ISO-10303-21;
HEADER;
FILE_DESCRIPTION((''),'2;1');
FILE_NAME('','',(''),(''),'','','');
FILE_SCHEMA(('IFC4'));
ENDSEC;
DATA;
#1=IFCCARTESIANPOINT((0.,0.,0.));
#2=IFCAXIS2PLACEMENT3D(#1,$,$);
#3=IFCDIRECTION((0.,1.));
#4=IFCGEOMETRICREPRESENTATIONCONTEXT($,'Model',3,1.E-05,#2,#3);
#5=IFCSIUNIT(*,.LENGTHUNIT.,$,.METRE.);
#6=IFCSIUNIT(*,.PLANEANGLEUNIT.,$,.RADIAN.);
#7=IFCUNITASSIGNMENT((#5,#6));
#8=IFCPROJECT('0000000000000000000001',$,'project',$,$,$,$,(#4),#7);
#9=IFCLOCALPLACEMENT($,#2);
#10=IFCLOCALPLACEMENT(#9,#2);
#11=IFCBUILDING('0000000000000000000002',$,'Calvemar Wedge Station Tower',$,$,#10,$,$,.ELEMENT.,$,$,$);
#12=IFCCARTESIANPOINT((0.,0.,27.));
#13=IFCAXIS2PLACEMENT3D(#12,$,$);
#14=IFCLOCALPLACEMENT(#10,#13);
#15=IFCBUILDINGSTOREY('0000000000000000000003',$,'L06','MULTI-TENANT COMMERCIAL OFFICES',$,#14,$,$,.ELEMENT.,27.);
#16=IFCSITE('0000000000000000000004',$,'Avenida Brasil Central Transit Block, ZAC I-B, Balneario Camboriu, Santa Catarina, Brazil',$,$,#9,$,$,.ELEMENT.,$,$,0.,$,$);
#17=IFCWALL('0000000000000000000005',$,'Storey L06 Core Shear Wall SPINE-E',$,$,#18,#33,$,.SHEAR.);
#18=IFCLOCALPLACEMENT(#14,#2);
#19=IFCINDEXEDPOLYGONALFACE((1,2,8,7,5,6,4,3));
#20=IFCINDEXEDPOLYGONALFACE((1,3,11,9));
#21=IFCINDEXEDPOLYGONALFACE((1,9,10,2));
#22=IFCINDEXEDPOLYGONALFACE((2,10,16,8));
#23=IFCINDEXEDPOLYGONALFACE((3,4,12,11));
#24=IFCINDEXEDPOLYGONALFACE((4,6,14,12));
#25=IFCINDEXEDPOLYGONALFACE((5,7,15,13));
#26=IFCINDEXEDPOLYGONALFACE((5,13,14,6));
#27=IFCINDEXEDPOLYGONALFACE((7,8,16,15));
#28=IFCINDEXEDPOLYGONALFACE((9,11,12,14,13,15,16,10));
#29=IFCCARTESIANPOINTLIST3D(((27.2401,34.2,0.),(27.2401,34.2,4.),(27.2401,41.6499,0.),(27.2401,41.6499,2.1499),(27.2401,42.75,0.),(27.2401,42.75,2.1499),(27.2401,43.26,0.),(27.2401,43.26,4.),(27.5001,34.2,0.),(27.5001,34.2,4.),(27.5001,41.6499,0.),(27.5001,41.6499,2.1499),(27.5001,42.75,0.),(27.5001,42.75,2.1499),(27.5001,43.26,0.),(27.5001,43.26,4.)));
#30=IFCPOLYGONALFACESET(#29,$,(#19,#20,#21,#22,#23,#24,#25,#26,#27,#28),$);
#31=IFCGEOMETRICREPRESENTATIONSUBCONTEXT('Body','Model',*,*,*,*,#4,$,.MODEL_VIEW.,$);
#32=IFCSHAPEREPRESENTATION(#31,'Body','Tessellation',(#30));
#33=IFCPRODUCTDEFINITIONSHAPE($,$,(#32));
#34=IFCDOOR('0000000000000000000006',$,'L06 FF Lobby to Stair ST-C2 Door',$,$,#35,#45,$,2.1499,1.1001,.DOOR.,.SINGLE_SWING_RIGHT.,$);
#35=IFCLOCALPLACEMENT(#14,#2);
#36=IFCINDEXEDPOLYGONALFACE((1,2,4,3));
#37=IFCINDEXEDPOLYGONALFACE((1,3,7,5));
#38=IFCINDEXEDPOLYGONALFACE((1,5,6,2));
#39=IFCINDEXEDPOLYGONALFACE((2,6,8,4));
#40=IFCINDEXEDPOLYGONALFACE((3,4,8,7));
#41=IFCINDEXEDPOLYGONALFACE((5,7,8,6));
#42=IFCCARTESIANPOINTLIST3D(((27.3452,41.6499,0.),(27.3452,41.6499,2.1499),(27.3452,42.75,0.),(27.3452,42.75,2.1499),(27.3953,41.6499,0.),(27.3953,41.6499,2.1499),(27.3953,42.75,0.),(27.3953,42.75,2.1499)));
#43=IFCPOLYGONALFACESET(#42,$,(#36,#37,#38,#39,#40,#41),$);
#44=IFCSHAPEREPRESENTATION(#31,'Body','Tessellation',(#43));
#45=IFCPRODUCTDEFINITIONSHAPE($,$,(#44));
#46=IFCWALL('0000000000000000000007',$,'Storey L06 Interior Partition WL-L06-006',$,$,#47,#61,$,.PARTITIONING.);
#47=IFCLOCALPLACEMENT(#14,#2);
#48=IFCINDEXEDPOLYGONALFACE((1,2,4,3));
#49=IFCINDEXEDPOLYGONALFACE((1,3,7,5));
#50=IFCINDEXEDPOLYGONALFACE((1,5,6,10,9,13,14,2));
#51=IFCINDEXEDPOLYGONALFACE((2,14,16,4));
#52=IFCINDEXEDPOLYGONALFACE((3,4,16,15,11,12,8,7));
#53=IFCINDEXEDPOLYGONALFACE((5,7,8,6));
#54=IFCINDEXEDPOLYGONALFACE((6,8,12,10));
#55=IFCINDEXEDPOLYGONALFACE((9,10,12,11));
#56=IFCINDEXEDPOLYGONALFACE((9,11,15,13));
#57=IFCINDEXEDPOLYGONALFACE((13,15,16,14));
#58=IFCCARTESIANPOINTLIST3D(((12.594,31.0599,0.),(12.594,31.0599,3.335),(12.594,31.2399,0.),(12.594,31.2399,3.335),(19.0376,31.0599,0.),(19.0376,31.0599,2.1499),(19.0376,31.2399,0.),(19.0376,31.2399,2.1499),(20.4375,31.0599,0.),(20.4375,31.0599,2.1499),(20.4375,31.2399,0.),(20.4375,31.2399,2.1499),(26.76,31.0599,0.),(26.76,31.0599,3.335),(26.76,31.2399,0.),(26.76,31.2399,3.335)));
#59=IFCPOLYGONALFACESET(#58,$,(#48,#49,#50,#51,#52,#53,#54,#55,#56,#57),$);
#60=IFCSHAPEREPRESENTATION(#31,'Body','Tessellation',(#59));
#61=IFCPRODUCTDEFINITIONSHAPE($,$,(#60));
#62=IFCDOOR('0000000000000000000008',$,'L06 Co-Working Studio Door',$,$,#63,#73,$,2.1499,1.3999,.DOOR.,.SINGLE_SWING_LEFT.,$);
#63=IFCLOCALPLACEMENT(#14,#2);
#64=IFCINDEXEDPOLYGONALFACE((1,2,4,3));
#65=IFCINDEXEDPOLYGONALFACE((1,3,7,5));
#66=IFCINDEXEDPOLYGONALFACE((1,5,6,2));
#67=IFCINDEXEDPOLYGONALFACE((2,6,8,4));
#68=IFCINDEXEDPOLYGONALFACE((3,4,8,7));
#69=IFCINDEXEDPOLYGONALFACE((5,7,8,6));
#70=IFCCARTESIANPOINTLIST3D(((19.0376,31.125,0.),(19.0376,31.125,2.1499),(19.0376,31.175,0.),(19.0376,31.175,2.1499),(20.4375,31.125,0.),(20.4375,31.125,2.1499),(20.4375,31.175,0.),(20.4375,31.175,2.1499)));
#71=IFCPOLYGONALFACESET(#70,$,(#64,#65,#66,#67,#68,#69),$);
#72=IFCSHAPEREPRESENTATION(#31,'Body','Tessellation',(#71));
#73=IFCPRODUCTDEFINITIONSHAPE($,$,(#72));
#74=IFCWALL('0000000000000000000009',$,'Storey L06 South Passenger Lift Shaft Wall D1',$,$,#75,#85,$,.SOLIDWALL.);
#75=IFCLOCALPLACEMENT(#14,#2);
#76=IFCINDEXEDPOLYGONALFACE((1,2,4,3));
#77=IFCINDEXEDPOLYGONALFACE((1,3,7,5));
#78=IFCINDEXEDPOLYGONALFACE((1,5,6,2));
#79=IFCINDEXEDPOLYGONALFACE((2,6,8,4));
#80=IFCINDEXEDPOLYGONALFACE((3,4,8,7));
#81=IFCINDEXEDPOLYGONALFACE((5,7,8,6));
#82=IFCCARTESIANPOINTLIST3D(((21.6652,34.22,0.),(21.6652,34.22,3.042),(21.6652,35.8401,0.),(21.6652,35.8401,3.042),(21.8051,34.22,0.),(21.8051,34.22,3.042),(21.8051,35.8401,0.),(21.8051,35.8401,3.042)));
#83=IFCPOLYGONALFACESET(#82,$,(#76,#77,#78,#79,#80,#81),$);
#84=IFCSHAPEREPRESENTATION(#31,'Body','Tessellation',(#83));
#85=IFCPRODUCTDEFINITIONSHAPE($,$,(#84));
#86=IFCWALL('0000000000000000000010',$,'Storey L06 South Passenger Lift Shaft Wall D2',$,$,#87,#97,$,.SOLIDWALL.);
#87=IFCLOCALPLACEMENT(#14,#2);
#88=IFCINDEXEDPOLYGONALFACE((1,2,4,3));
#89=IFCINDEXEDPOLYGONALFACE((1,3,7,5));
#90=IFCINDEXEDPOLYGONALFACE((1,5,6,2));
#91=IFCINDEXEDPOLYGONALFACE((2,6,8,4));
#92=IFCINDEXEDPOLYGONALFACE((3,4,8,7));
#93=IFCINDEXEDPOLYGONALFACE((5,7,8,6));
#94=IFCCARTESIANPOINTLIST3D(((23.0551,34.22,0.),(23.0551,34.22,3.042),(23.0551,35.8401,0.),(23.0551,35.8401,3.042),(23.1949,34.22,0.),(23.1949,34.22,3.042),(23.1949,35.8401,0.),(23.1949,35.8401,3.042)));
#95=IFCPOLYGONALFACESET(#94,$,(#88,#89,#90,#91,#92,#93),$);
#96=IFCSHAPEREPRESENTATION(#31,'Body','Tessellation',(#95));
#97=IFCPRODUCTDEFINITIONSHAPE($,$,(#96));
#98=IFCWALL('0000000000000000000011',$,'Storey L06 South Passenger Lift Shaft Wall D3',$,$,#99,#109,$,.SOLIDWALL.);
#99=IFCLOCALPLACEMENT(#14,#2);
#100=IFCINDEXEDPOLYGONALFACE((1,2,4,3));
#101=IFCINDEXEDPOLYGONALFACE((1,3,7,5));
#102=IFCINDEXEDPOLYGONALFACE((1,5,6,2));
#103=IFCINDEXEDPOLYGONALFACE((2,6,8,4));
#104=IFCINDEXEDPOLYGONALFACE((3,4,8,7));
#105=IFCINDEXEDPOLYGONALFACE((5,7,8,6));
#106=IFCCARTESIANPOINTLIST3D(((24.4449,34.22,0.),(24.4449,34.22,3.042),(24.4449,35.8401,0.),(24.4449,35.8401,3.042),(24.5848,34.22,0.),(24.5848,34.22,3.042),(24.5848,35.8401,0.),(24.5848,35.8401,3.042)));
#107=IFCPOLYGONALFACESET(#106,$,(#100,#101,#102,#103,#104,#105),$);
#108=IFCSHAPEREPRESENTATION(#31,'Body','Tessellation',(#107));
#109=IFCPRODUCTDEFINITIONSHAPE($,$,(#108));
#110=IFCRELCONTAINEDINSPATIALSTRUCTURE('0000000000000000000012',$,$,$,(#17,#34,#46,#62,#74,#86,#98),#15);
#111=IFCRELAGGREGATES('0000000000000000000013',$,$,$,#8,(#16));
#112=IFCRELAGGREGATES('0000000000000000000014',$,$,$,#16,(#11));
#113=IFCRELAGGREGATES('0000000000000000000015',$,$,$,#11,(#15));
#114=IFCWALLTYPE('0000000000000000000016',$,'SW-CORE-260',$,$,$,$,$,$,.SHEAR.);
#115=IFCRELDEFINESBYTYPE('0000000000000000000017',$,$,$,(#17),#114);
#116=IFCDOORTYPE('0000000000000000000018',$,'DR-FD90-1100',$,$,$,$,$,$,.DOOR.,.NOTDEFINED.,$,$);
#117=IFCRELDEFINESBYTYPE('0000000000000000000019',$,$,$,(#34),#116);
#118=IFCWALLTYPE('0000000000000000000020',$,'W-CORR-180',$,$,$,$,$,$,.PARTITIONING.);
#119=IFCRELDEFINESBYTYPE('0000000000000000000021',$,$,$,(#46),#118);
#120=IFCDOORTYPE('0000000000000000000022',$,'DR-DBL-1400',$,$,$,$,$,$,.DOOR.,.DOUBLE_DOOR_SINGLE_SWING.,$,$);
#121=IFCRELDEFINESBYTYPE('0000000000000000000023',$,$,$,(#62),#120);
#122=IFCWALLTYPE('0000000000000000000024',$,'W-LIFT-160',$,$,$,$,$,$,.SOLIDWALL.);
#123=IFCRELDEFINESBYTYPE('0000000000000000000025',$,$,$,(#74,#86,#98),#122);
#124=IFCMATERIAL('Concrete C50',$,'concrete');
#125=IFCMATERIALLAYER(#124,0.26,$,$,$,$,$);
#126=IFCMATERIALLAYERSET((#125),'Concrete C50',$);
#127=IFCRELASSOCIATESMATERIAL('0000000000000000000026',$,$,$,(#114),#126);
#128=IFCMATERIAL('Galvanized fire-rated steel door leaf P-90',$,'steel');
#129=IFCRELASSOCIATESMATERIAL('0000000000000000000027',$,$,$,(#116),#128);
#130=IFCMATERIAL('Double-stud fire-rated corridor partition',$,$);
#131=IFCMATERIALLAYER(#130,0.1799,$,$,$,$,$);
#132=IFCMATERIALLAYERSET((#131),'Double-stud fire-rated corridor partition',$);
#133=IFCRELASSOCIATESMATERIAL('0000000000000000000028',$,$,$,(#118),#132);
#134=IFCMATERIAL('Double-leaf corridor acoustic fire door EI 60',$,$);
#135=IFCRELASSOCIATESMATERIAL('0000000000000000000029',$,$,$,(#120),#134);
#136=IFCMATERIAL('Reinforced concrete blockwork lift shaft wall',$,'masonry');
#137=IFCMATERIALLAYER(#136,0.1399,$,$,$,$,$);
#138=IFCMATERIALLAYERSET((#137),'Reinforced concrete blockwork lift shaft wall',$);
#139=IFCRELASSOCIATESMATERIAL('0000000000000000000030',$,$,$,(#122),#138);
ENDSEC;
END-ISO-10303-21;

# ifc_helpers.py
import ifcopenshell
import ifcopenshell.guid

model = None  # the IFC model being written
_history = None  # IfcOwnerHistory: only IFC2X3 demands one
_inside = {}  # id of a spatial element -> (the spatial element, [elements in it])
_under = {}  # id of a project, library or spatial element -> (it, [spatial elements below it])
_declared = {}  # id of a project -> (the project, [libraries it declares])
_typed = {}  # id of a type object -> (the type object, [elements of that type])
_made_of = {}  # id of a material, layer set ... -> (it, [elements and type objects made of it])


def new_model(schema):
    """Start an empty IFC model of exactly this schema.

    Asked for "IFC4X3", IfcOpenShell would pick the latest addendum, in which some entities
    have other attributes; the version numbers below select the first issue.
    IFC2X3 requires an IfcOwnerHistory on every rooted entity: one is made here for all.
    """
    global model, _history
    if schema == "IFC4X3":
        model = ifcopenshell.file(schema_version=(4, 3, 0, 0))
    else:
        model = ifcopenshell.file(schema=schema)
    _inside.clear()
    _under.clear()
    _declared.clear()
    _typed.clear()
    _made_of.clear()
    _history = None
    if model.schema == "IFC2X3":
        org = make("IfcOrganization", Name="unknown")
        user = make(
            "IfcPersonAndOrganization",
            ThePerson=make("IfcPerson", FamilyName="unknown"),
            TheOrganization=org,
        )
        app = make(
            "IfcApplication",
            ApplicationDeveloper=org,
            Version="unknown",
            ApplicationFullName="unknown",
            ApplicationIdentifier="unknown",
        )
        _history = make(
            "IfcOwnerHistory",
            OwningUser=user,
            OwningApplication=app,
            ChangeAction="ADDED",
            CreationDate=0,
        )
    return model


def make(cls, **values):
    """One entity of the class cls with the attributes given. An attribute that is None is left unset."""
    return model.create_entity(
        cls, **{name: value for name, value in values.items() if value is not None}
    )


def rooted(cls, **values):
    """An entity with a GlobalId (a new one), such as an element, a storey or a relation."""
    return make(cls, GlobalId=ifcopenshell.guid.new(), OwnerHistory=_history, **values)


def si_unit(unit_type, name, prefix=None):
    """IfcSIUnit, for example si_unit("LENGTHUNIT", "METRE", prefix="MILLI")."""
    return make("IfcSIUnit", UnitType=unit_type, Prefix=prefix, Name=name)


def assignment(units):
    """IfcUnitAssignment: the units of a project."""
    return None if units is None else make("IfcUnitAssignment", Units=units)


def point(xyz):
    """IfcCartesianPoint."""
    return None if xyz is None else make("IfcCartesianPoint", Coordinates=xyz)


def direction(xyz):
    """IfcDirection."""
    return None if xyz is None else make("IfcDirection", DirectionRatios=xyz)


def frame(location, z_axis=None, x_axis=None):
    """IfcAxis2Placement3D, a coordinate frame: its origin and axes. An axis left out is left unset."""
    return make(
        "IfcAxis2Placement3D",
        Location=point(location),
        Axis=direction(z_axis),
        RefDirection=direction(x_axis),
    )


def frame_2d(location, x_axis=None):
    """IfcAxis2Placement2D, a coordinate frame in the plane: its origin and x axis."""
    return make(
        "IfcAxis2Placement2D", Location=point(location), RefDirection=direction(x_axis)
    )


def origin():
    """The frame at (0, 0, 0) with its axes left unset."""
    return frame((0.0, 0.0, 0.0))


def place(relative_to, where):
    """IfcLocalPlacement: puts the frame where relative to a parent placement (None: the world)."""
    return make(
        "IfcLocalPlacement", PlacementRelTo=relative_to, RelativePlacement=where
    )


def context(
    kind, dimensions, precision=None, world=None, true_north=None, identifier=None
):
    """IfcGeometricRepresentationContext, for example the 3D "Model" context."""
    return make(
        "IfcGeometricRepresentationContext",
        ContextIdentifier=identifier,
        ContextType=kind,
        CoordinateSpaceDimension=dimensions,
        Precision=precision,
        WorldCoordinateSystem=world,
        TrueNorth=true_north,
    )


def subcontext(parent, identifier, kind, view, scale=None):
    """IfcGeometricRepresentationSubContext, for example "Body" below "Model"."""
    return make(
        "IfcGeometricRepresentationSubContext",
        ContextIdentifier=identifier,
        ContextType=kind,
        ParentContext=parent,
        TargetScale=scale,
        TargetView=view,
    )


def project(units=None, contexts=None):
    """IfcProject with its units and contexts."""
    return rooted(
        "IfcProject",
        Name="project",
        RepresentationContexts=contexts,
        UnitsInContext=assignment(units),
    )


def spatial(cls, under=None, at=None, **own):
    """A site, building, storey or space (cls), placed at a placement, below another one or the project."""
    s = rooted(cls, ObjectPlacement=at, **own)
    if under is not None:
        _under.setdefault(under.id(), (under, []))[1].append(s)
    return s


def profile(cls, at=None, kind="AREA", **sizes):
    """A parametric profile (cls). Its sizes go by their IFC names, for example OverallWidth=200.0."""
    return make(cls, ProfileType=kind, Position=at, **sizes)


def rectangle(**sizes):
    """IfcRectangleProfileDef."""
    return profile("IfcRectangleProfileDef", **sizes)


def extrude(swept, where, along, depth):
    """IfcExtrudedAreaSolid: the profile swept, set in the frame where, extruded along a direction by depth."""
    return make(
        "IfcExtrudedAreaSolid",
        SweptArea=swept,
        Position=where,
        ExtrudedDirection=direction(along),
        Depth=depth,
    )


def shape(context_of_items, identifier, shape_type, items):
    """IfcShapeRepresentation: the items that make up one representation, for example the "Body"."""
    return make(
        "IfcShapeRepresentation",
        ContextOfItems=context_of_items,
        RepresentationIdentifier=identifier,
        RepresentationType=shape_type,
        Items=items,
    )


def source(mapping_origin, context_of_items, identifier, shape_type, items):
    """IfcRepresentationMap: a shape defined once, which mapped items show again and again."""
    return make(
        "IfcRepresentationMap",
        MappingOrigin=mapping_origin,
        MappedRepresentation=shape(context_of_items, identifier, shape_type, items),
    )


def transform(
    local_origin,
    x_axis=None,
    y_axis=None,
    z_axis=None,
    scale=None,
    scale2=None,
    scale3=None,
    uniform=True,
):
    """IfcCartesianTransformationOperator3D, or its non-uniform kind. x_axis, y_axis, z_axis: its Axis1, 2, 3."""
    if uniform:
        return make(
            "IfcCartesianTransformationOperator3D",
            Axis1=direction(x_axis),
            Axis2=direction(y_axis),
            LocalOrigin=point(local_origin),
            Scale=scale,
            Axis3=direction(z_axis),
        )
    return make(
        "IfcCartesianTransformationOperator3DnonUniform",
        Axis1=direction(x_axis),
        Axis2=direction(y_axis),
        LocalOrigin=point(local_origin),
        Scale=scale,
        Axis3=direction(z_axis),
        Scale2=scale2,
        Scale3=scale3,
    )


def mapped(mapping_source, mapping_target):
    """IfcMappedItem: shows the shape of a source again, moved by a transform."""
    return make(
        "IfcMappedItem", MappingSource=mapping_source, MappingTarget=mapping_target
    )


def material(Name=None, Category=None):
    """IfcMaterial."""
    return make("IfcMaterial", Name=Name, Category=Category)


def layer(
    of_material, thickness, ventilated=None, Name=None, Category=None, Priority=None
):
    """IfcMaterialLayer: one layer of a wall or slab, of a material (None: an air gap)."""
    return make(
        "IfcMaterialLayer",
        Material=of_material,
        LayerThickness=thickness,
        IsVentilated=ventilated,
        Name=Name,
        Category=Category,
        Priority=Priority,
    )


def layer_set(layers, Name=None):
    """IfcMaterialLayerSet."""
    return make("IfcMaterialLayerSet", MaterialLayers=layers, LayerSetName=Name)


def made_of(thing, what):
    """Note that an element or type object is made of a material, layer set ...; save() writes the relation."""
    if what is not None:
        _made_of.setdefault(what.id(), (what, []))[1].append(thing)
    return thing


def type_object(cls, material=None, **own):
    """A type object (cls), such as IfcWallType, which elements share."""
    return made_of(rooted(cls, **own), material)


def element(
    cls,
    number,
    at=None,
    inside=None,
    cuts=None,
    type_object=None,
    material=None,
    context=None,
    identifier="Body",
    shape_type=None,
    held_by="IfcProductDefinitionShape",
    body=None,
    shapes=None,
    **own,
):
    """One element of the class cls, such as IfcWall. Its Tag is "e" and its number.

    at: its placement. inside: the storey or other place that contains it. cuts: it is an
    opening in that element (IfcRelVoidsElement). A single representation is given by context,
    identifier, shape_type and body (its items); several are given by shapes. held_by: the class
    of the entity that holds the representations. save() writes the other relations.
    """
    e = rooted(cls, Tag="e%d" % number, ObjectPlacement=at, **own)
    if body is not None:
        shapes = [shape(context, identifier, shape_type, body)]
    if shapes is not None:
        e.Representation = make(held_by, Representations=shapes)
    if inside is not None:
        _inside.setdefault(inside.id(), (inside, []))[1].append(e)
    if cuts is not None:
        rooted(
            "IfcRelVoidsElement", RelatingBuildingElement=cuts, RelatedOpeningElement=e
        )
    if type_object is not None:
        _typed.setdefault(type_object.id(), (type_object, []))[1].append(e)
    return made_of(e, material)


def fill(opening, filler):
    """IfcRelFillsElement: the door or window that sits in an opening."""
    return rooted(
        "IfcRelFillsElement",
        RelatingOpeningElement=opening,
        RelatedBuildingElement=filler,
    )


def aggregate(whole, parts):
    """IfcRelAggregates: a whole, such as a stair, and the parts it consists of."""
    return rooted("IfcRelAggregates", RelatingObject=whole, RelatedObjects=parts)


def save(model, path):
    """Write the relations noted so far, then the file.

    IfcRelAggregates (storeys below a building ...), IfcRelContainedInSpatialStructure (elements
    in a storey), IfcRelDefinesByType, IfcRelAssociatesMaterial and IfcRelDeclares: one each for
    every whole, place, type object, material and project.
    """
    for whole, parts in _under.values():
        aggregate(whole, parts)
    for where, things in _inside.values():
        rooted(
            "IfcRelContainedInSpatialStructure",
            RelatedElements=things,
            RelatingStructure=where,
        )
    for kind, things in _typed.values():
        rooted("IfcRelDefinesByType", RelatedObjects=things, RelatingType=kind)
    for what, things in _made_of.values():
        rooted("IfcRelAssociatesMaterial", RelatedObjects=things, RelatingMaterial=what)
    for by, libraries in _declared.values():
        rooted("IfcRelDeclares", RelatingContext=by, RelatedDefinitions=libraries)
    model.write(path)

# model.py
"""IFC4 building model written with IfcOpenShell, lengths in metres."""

from ifc_helpers import new_model, si_unit, direction, frame, frame_2d, origin, place, context, subcontext, project, spatial, rectangle, extrude, source, transform, mapped, material, layer, layer_set, type_object, element, fill, save


model = new_model("IFC4")

# Units and contexts
model_context = context("Model", 3, precision=1e-05, world=origin(), true_north=direction((0.0, 1.0)))
body_context = subcontext(model_context, "Body", "Model", "MODEL_VIEW")
ifc_project = project(units=[si_unit("LENGTHUNIT", "METRE"), si_unit("PLANEANGLEUNIT", "RADIAN")], contexts=[model_context])

# Site, building, storey
site_placement = place(None, origin())
site = spatial("IfcSite", under=ifc_project, at=site_placement, Name="Avenida Brasil Central Transit Block, ZAC I-B, Balneario Camboriu, Santa Catarina, Brazil", CompositionType="ELEMENT", RefElevation=0.0)
building_placement = place(site_placement, origin())
building = spatial("IfcBuilding", under=site, at=building_placement, Name="Calvemar Wedge Station Tower", CompositionType="ELEMENT")
storey_placement = place(building_placement, frame((0.0, 0.0, 27.0)))
storey = spatial("IfcBuildingStorey", under=building, at=storey_placement, Name="L06", Description="MULTI-TENANT COMMERCIAL OFFICES", CompositionType="ELEMENT", Elevation=27.0)

# Walls, openings, doors
ifc_material_1 = material(Name="Concrete C50", Category="concrete")
ifc_layer_1 = layer(ifc_material_1, 0.26)
ifc_layer_set_1 = layer_set([ifc_layer_1], Name="Concrete C50")
wall_type_1 = type_object("IfcWallType", Name="SW-CORE-260", PredefinedType="SHEAR", material=ifc_layer_set_1)
shared_shape_1 = source(origin(), body_context, "Body", "SweptSolid", [
    extrude(rectangle(XDim=1.1001, YDim=2.1499, at=frame_2d((0.55, 1.075))), frame((0.0, 0.1401, 0.0), z_axis=(0.0, -1.0, 0.0), x_axis=(1.0, 0.0, 0.0)), (0.0, 0.0, 1.0), 0.28),
])
ifc_material_2 = material(Name="Galvanized fire-rated steel door leaf P-90", Category="steel")
door_type_1 = type_object("IfcDoorType", Name="DR-FD90-1100", OperationType="NOTDEFINED", PredefinedType="DOOR", material=ifc_material_2)
shared_shape_2 = source(origin(), body_context, "Body", "SweptSolid", [
    extrude(rectangle(XDim=1.1001, YDim=2.1499, at=frame_2d((0.55, 1.075))), frame((0.0, 0.0249, 0.0), z_axis=(0.0, -1.0, 0.0), x_axis=(1.0, 0.0, 0.0)), (0.0, 0.0, 1.0), 0.05),
])
wall_1_placement = place(storey_placement, frame((27.3701, 34.2, 0.0), z_axis=(0.0, 0.0, 1.0), x_axis=(0.0, 1.0, 0.0)))
wall_1 = element("IfcWall", 1, at=wall_1_placement, inside=storey, type_object=wall_type_1, Name="Storey L06 Core Shear Wall SPINE-E", PredefinedType="SHEAR", context=body_context, shape_type="SweptSolid", body=[
    extrude(rectangle(XDim=9.0601, YDim=0.26, at=frame_2d((4.53, 0.0))), origin(), (0.0, 0.0, 1.0), 4.0),
])
opening_1_placement = place(wall_1_placement, frame((7.45, 0.0, 0.0)))
opening_1 = element("IfcOpeningElement", 2, at=opening_1_placement, cuts=wall_1, PredefinedType="OPENING", context=body_context, shape_type="MappedRepresentation", body=[
    mapped(shared_shape_1, transform((0.0, 0.0, 0.0), scale=1.0)),
])
door_1_placement = place(opening_1_placement, origin())
door_1 = element("IfcDoor", 3, at=door_1_placement, inside=storey, type_object=door_type_1, Name="L06 FF Lobby to Stair ST-C2 Door", OperationType="SINGLE_SWING_RIGHT", OverallHeight=2.1499, OverallWidth=1.1001, PredefinedType="DOOR", context=body_context, shape_type="MappedRepresentation", body=[
    mapped(shared_shape_2, transform((0.0, 0.0, 0.0), scale=1.0)),
])
fill(opening_1, door_1)
ifc_material_3 = material(Name="Double-stud fire-rated corridor partition")
ifc_layer_2 = layer(ifc_material_3, 0.1799)
ifc_layer_set_2 = layer_set([ifc_layer_2], Name="Double-stud fire-rated corridor partition")
wall_type_2 = type_object("IfcWallType", Name="W-CORR-180", PredefinedType="PARTITIONING", material=ifc_layer_set_2)
wall_2_placement = place(storey_placement, frame((26.76, 31.1499, 0.0), z_axis=(0.0, 0.0, 1.0), x_axis=(-1.0, 0.0, 0.0)))
wall_2 = element("IfcWall", 4, at=wall_2_placement, inside=storey, type_object=wall_type_2, Name="Storey L06 Interior Partition WL-L06-006", PredefinedType="PARTITIONING", context=body_context, shape_type="SweptSolid", body=[
    extrude(rectangle(XDim=14.166, YDim=0.1799, at=frame_2d((7.083, 0.0))), origin(), (0.0, 0.0, 1.0), 3.335),
])
shared_shape_3 = source(origin(), body_context, "Body", "SweptSolid", [
    extrude(rectangle(XDim=1.3999, YDim=2.1499, at=frame_2d((0.7, 1.075))), frame((0.0, 0.1001, 0.0), z_axis=(0.0, -1.0, 0.0), x_axis=(1.0, 0.0, 0.0)), (0.0, 0.0, 1.0), 0.2),
])
opening_2_placement = place(wall_2_placement, frame((6.3225, 0.0, 0.0)))
opening_2 = element("IfcOpeningElement", 5, at=opening_2_placement, cuts=wall_2, PredefinedType="OPENING", context=body_context, shape_type="MappedRepresentation", body=[
    mapped(shared_shape_3, transform((0.0, 0.0, 0.0), scale=1.0)),
])
ifc_material_4 = material(Name="Double-leaf corridor acoustic fire door EI 60")
door_type_2 = type_object("IfcDoorType", Name="DR-DBL-1400", OperationType="DOUBLE_DOOR_SINGLE_SWING", PredefinedType="DOOR", material=ifc_material_4)
shared_shape_4 = source(origin(), body_context, "Body", "SweptSolid", [
    extrude(rectangle(XDim=1.3999, YDim=2.1499, at=frame_2d((0.7, 1.075))), frame((0.0, 0.0249, 0.0), z_axis=(0.0, -1.0, 0.0), x_axis=(1.0, 0.0, 0.0)), (0.0, 0.0, 1.0), 0.05),
])
door_2_placement = place(opening_2_placement, origin())
door_2 = element("IfcDoor", 6, at=door_2_placement, inside=storey, type_object=door_type_2, Name="L06 Co-Working Studio Door", OperationType="SINGLE_SWING_LEFT", OverallHeight=2.1499, OverallWidth=1.3999, PredefinedType="DOOR", context=body_context, shape_type="MappedRepresentation", body=[
    mapped(shared_shape_4, transform((0.0, 0.0, 0.0), scale=1.0)),
])
fill(opening_2, door_2)

# Walls
ifc_material_5 = material(Name="Reinforced concrete blockwork lift shaft wall", Category="masonry")
ifc_layer_3 = layer(ifc_material_5, 0.1399)
ifc_layer_set_3 = layer_set([ifc_layer_3], Name="Reinforced concrete blockwork lift shaft wall")
wall_type_3 = type_object("IfcWallType", Name="W-LIFT-160", PredefinedType="SOLIDWALL", material=ifc_layer_set_3)
for number, where, z_axis, x_axis, name in (
    (7, (21.7351, 34.22, 0.0), (0.0, 0.0, 1.0), (0.0, 1.0, 0.0), "Storey L06 South Passenger Lift Shaft Wall D1"),
    (8, (23.125, 34.22, 0.0), (0.0, 0.0, 1.0), (0.0, 1.0, 0.0), "Storey L06 South Passenger Lift Shaft Wall D2"),
    (9, (24.5149, 34.22, 0.0), (0.0, 0.0, 1.0), (0.0, 1.0, 0.0), "Storey L06 South Passenger Lift Shaft Wall D3"),
):
    element("IfcWall", number, at=place(storey_placement, frame(where, z_axis=z_axis, x_axis=x_axis)), inside=storey, type_object=wall_type_3, Name=name, PredefinedType="SOLIDWALL", context=body_context, shape_type="SweptSolid", body=[
        extrude(rectangle(XDim=1.6201, YDim=0.1399, at=frame_2d((0.8101, 0.0))), origin(), (0.0, 0.0, 1.0), 3.042),
    ])

save(model, "model.ifc")
